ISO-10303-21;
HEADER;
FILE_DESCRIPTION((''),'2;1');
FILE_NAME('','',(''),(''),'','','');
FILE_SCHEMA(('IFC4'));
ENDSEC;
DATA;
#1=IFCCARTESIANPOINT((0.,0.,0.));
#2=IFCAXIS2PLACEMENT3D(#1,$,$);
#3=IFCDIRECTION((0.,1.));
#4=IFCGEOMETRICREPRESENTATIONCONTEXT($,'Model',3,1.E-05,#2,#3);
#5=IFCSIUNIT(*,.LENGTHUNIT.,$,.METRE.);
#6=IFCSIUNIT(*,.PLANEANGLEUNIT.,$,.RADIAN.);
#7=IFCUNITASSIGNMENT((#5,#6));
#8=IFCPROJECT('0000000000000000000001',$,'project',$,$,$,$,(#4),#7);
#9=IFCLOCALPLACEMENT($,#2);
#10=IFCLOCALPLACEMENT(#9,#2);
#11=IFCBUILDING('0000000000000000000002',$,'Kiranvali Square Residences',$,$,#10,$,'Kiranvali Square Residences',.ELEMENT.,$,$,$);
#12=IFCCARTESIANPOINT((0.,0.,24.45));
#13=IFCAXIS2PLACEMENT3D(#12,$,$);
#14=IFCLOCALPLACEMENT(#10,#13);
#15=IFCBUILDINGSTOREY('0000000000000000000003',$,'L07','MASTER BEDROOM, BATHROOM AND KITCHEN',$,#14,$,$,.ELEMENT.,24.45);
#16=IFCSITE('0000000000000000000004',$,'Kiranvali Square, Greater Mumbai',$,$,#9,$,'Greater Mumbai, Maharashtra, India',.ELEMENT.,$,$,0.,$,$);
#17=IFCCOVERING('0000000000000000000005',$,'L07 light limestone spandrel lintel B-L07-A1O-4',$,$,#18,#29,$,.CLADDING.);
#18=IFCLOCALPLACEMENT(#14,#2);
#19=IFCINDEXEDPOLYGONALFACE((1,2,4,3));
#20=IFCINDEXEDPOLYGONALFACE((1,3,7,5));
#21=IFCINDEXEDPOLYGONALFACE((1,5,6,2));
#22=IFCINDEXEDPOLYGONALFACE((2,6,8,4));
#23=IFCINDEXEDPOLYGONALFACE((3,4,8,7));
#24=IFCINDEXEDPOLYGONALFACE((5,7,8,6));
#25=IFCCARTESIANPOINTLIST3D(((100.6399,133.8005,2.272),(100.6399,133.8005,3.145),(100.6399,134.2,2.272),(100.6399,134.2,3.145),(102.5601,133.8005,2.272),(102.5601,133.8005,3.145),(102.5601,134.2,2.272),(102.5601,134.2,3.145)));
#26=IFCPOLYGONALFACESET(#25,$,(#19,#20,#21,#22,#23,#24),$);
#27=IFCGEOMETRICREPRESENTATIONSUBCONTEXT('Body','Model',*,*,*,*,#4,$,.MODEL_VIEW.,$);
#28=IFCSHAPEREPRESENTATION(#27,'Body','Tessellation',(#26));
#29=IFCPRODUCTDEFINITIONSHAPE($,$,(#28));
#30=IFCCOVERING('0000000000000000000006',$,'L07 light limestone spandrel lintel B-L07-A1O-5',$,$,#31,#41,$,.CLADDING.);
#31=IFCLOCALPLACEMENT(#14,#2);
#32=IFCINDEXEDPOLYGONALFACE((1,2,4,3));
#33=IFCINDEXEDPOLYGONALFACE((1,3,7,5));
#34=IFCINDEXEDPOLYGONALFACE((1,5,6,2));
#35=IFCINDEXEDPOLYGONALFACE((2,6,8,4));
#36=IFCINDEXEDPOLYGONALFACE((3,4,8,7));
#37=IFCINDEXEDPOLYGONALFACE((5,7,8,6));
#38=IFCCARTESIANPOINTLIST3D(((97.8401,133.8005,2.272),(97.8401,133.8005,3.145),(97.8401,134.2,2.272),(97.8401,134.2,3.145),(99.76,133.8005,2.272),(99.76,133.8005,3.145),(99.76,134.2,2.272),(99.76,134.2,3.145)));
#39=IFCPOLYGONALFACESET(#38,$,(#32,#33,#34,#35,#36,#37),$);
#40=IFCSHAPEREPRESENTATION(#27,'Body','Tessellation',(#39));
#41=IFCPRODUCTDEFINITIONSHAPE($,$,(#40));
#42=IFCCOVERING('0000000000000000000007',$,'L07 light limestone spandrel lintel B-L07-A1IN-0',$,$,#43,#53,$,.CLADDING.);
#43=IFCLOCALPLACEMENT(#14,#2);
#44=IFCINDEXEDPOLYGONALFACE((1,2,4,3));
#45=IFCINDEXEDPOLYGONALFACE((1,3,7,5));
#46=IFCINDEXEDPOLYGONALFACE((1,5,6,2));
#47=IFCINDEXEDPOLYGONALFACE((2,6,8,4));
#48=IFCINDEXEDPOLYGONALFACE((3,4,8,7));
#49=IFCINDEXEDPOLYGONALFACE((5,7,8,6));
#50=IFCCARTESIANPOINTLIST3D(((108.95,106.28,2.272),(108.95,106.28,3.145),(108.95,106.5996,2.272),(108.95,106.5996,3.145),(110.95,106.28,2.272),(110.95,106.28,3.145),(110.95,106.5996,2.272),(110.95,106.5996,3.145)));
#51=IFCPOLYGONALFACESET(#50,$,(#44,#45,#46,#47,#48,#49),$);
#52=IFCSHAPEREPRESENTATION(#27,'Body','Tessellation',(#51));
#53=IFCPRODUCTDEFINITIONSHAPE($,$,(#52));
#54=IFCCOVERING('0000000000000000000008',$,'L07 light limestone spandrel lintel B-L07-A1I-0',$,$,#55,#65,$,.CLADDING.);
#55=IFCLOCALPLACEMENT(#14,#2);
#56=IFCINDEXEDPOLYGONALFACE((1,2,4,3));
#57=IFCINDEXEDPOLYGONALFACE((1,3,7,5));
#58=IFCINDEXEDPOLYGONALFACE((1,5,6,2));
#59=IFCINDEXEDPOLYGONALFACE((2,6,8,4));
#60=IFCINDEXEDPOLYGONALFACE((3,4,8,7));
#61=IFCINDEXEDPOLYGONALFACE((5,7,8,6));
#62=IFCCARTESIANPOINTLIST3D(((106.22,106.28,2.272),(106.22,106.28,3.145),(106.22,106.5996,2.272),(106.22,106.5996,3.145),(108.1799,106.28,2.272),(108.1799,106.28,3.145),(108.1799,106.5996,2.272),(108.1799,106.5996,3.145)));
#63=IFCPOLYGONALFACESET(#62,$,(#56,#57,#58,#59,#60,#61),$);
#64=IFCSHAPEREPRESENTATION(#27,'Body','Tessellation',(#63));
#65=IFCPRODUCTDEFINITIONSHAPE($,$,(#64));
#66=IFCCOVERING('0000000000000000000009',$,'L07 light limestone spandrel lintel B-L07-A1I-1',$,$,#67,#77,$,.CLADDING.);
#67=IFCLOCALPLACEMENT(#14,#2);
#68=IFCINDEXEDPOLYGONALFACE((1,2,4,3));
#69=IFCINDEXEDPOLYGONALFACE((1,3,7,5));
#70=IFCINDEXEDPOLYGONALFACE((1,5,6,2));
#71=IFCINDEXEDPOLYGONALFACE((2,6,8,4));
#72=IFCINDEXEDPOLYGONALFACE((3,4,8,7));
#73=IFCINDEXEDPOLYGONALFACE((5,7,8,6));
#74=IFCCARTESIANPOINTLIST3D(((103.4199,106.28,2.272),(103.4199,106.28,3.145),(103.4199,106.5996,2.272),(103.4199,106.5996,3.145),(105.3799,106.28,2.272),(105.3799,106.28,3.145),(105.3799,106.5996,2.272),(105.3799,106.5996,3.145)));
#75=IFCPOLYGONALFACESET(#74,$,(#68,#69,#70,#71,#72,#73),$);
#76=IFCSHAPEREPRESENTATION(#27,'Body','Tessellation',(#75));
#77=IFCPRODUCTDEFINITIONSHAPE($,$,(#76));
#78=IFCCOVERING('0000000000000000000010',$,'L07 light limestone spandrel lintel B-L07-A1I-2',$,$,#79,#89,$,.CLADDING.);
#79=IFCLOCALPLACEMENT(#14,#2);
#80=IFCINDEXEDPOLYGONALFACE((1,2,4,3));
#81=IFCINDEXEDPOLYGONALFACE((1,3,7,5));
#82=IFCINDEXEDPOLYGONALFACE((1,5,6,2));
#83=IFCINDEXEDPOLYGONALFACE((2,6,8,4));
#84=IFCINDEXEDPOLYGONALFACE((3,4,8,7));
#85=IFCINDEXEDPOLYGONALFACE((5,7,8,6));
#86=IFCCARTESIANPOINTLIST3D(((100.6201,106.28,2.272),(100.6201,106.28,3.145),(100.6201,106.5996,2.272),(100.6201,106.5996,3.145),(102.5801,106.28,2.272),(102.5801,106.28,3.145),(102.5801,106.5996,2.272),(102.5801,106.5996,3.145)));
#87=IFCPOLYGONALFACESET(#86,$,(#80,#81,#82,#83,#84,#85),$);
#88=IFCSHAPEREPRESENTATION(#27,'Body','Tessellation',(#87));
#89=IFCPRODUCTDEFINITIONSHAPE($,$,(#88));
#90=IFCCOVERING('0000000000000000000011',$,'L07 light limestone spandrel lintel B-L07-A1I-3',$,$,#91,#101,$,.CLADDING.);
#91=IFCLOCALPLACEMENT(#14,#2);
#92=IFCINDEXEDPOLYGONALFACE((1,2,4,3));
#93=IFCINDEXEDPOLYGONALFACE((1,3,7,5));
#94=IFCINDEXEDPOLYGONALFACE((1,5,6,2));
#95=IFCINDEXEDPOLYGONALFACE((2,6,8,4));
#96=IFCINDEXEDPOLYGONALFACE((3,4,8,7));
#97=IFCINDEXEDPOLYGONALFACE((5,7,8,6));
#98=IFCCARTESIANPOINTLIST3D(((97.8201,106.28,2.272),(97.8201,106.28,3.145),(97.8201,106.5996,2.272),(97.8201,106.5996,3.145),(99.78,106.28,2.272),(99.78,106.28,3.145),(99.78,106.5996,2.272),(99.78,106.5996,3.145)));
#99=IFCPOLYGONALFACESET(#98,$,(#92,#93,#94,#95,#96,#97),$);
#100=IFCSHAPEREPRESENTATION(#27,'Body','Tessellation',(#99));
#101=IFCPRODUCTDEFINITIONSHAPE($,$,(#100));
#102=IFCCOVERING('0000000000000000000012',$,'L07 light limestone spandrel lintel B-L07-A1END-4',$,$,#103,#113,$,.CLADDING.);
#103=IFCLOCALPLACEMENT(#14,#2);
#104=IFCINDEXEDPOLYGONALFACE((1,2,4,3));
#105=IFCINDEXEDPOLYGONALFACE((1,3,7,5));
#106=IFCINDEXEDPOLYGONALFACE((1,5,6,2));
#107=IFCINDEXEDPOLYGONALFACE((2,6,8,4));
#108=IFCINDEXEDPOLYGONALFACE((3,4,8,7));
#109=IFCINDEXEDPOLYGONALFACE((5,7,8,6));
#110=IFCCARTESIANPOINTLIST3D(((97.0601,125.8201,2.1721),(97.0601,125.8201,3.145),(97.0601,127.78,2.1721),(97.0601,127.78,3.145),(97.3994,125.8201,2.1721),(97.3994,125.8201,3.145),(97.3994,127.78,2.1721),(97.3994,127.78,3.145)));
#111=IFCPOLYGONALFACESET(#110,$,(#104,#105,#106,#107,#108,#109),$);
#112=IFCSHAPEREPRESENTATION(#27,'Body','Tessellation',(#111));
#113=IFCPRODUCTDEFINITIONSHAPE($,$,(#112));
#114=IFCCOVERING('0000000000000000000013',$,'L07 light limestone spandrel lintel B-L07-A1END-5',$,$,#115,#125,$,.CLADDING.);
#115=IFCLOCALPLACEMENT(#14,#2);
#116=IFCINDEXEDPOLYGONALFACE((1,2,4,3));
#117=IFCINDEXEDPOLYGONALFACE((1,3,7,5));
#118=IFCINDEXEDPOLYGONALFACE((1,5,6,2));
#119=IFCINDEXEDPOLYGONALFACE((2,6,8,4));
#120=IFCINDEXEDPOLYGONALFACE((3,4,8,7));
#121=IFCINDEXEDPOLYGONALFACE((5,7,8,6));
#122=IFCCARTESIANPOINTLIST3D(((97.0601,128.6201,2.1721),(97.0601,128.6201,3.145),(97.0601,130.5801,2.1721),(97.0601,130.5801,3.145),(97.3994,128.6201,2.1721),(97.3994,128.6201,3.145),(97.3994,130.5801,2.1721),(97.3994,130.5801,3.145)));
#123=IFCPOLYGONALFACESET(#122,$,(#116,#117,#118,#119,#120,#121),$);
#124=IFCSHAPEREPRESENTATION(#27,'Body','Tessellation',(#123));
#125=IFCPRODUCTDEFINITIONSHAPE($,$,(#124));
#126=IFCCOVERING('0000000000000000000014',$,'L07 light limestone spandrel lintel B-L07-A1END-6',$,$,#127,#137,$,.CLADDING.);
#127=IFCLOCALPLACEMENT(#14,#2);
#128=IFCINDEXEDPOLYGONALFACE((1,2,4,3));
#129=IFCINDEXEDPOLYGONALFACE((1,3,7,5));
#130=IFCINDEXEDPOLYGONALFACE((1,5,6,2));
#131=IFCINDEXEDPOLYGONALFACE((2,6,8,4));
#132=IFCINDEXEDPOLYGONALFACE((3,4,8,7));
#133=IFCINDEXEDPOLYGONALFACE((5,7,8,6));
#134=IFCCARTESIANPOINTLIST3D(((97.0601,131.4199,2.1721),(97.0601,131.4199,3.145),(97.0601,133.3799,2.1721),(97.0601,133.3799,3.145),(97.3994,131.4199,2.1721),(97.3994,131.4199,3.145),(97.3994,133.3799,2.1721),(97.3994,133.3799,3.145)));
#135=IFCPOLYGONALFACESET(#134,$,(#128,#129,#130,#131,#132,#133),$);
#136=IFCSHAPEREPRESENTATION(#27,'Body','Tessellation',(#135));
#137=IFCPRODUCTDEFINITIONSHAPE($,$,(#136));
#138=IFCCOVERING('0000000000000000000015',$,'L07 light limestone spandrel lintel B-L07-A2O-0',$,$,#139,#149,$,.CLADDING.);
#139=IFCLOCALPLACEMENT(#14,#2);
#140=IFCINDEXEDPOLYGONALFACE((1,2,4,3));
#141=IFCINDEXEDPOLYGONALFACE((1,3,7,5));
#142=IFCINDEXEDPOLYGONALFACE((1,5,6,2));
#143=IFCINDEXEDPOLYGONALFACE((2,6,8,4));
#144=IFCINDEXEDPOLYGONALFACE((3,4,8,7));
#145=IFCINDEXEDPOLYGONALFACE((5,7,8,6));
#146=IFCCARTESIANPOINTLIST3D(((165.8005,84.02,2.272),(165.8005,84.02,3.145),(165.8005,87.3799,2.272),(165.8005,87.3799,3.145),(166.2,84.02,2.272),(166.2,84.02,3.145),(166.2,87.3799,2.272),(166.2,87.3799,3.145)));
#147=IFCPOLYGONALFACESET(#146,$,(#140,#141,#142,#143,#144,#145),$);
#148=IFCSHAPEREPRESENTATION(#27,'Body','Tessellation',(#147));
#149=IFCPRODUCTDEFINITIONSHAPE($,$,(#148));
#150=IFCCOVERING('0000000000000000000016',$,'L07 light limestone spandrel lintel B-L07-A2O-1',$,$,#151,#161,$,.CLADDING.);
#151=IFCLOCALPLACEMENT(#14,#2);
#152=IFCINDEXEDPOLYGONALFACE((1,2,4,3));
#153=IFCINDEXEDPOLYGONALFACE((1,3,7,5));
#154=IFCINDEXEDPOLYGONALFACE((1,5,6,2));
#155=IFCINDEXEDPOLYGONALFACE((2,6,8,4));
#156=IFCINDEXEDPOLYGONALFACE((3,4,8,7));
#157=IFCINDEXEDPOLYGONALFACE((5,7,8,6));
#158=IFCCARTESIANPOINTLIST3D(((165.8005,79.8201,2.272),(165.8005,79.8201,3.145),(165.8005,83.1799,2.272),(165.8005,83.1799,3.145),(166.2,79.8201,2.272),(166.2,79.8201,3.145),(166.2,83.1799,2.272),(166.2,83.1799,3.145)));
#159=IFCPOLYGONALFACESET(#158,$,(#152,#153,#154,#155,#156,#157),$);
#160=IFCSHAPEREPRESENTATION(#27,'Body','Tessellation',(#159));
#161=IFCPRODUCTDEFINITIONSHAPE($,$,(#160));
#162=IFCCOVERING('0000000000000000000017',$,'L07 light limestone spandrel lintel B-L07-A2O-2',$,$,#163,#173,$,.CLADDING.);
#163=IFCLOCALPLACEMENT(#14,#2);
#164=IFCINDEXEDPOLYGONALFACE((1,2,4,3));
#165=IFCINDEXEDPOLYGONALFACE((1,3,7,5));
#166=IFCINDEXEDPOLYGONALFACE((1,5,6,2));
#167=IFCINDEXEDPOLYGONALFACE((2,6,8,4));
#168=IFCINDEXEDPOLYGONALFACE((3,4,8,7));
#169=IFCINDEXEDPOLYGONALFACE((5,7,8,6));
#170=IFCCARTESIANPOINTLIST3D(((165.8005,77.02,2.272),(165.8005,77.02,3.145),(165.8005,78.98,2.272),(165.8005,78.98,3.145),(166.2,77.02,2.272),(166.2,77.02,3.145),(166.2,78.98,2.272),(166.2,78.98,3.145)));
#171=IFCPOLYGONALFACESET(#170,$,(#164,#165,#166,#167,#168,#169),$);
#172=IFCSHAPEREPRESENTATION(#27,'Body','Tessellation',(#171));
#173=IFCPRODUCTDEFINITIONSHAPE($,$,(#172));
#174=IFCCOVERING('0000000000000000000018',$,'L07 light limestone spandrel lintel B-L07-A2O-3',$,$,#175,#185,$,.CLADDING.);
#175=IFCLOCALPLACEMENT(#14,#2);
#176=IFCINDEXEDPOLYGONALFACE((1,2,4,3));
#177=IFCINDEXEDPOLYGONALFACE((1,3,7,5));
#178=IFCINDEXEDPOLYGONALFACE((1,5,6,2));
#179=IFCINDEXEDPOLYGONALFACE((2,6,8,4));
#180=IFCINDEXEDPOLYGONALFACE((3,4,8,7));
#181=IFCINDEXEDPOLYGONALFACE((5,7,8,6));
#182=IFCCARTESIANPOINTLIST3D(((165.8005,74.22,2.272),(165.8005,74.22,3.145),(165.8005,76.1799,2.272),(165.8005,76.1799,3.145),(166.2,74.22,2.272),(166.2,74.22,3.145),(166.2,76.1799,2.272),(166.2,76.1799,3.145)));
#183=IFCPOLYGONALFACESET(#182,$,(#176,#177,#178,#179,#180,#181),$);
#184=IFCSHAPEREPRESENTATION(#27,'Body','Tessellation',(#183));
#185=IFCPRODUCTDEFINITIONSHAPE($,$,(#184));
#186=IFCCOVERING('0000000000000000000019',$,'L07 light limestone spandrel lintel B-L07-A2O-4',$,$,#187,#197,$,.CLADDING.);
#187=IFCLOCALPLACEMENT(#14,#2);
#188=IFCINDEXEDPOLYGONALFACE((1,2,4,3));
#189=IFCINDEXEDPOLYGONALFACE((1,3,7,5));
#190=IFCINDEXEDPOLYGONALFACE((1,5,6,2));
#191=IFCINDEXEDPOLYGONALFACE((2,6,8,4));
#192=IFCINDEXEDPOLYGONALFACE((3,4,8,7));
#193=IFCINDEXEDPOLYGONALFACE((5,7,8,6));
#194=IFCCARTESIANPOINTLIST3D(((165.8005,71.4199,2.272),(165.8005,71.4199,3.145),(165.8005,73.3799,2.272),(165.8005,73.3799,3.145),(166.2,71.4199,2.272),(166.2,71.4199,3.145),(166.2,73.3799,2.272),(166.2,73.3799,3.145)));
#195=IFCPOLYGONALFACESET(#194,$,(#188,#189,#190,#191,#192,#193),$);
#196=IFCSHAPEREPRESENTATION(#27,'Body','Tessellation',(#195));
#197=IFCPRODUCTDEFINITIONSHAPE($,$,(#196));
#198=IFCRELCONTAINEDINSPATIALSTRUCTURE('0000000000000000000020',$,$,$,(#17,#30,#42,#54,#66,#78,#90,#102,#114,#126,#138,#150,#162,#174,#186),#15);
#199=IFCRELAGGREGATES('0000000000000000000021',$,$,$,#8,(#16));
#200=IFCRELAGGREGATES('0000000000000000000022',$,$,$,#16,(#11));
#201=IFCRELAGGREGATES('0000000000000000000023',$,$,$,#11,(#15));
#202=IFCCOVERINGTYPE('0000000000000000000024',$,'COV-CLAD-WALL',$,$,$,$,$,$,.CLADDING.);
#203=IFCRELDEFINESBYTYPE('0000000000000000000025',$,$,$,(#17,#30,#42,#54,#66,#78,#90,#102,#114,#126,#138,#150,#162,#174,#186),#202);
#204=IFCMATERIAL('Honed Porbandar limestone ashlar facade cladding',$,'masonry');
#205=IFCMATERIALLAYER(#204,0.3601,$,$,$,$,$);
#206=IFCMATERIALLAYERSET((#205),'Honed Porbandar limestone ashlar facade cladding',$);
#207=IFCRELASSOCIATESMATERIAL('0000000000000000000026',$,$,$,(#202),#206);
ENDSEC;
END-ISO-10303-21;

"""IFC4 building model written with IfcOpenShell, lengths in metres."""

from ifc_helpers import new_model, si_unit, direction, frame, origin, place, context, subcontext, project, spatial, polyline, outline, extrude, material, layer, layer_set, type_object, element, save


model = new_model("IFC4")

# Units and contexts
model_context = context("Model", 3, precision=1e-05, world=origin(), true_north=direction((0.0, 1.0)))
body_context = subcontext(model_context, "Body", "Model", "MODEL_VIEW")
ifc_project = project(units=[si_unit("LENGTHUNIT", "METRE"), si_unit("PLANEANGLEUNIT", "RADIAN")], contexts=[model_context])

# Site, building, storey
site_placement = place(None, origin())
site = spatial("IfcSite", under=ifc_project, at=site_placement, Name="Kiranvali Square, Greater Mumbai", LongName="Greater Mumbai, Maharashtra, India", CompositionType="ELEMENT", RefElevation=0.0)
building_placement = place(site_placement, origin())
building = spatial("IfcBuilding", under=site, at=building_placement, Name="Kiranvali Square Residences", LongName="Kiranvali Square Residences", CompositionType="ELEMENT")
storey_placement = place(building_placement, frame((0.0, 0.0, 24.45)))
storey = spatial("IfcBuildingStorey", under=building, at=storey_placement, Name="L07", Description="MASTER BEDROOM, BATHROOM AND KITCHEN", CompositionType="ELEMENT", Elevation=24.45)

# Coverings
ifc_material = material(Name="Honed Porbandar limestone ashlar facade cladding", Category="masonry")
ifc_layer = layer(ifc_material, 0.3601)
ifc_layer_set = layer_set([ifc_layer], Name="Honed Porbandar limestone ashlar facade cladding")
covering_type = type_object("IfcCoveringType", Name="COV-CLAD-WALL", PredefinedType="CLADDING", material=ifc_layer_set)
covering_1_placement = place(storey_placement, frame((0.0, 0.0, 2.272)))
element("IfcCovering", 1, at=covering_1_placement, inside=storey, type_object=covering_type, Name="L07 light limestone spandrel lintel B-L07-A1O-4", PredefinedType="CLADDING", context=body_context, shape_type="SweptSolid", body=[
    extrude(outline(polyline([(102.5601, 134.2), (100.6399, 134.2), (100.6399, 133.8005), (102.5601, 133.8005), (102.5601, 134.2)])), origin(), (0.0, 0.0, 1.0), 0.873),
])
covering_2_placement = place(storey_placement, frame((0.0, 0.0, 2.272)))
element("IfcCovering", 2, at=covering_2_placement, inside=storey, type_object=covering_type, Name="L07 light limestone spandrel lintel B-L07-A1O-5", PredefinedType="CLADDING", context=body_context, shape_type="SweptSolid", body=[
    extrude(outline(polyline([(99.76, 134.2), (97.8401, 134.2), (97.8401, 133.8005), (99.76, 133.8005), (99.76, 134.2)])), origin(), (0.0, 0.0, 1.0), 0.873),
])
covering_3_placement = place(storey_placement, frame((0.0, 0.0, 2.272)))
element("IfcCovering", 3, at=covering_3_placement, inside=storey, type_object=covering_type, Name="L07 light limestone spandrel lintel B-L07-A1IN-0", PredefinedType="CLADDING", context=body_context, shape_type="SweptSolid", body=[
    extrude(outline(polyline([(110.95, 106.5996), (108.95, 106.5996), (108.95, 106.28), (110.95, 106.28), (110.95, 106.5996)])), origin(), (0.0, 0.0, 1.0), 0.873),
])
covering_4_placement = place(storey_placement, frame((0.0, 0.0, 2.272)))
element("IfcCovering", 4, at=covering_4_placement, inside=storey, type_object=covering_type, Name="L07 light limestone spandrel lintel B-L07-A1I-0", PredefinedType="CLADDING", context=body_context, shape_type="SweptSolid", body=[
    extrude(outline(polyline([(108.1799, 106.5996), (106.22, 106.5996), (106.22, 106.28), (108.1799, 106.28), (108.1799, 106.5996)])), origin(), (0.0, 0.0, 1.0), 0.873),
])
covering_5_placement = place(storey_placement, frame((0.0, 0.0, 2.272)))
element("IfcCovering", 5, at=covering_5_placement, inside=storey, type_object=covering_type, Name="L07 light limestone spandrel lintel B-L07-A1I-1", PredefinedType="CLADDING", context=body_context, shape_type="SweptSolid", body=[
    extrude(outline(polyline([(105.3799, 106.5996), (103.4199, 106.5996), (103.4199, 106.28), (105.3799, 106.28), (105.3799, 106.5996)])), origin(), (0.0, 0.0, 1.0), 0.873),
])
covering_6_placement = place(storey_placement, frame((0.0, 0.0, 2.272)))
element("IfcCovering", 6, at=covering_6_placement, inside=storey, type_object=covering_type, Name="L07 light limestone spandrel lintel B-L07-A1I-2", PredefinedType="CLADDING", context=body_context, shape_type="SweptSolid", body=[
    extrude(outline(polyline([(102.5801, 106.5996), (100.6201, 106.5996), (100.6201, 106.28), (102.5801, 106.28), (102.5801, 106.5996)])), origin(), (0.0, 0.0, 1.0), 0.873),
])
covering_7_placement = place(storey_placement, frame((0.0, 0.0, 2.272)))
element("IfcCovering", 7, at=covering_7_placement, inside=storey, type_object=covering_type, Name="L07 light limestone spandrel lintel B-L07-A1I-3", PredefinedType="CLADDING", context=body_context, shape_type="SweptSolid", body=[
    extrude(outline(polyline([(99.78, 106.5996), (97.8201, 106.5996), (97.8201, 106.28), (99.78, 106.28), (99.78, 106.5996)])), origin(), (0.0, 0.0, 1.0), 0.873),
])
covering_8_placement = place(storey_placement, frame((0.0, 0.0, 2.1721)))
element("IfcCovering", 8, at=covering_8_placement, inside=storey, type_object=covering_type, Name="L07 light limestone spandrel lintel B-L07-A1END-4", PredefinedType="CLADDING", context=body_context, shape_type="SweptSolid", body=[
    extrude(outline(polyline([(97.3994, 125.8201), (97.3994, 127.78), (97.0601, 127.78), (97.0601, 125.8201), (97.3994, 125.8201)])), origin(), (0.0, 0.0, 1.0), 0.9729),
])
covering_9_placement = place(storey_placement, frame((0.0, 0.0, 2.1721)))
element("IfcCovering", 9, at=covering_9_placement, inside=storey, type_object=covering_type, Name="L07 light limestone spandrel lintel B-L07-A1END-5", PredefinedType="CLADDING", context=body_context, shape_type="SweptSolid", body=[
    extrude(outline(polyline([(97.3994, 128.6201), (97.3994, 130.5801), (97.0601, 130.5801), (97.0601, 128.6201), (97.3994, 128.6201)])), origin(), (0.0, 0.0, 1.0), 0.9729),
])
covering_10_placement = place(storey_placement, frame((0.0, 0.0, 2.1721)))
element("IfcCovering", 10, at=covering_10_placement, inside=storey, type_object=covering_type, Name="L07 light limestone spandrel lintel B-L07-A1END-6", PredefinedType="CLADDING", context=body_context, shape_type="SweptSolid", body=[
    extrude(outline(polyline([(97.3994, 131.4199), (97.3994, 133.3799), (97.0601, 133.3799), (97.0601, 131.4199), (97.3994, 131.4199)])), origin(), (0.0, 0.0, 1.0), 0.9729),
])
covering_11_placement = place(storey_placement, frame((0.0, 0.0, 2.272)))
element("IfcCovering", 11, at=covering_11_placement, inside=storey, type_object=covering_type, Name="L07 light limestone spandrel lintel B-L07-A2O-0", PredefinedType="CLADDING", context=body_context, shape_type="SweptSolid", body=[
    extrude(outline(polyline([(165.8005, 87.3799), (165.8005, 84.02), (166.2, 84.02), (166.2, 87.3799), (165.8005, 87.3799)])), origin(), (0.0, 0.0, 1.0), 0.873),
])
covering_12_placement = place(storey_placement, frame((0.0, 0.0, 2.272)))
element("IfcCovering", 12, at=covering_12_placement, inside=storey, type_object=covering_type, Name="L07 light limestone spandrel lintel B-L07-A2O-1", PredefinedType="CLADDING", context=body_context, shape_type="SweptSolid", body=[
    extrude(outline(polyline([(165.8005, 83.1799), (165.8005, 79.8201), (166.2, 79.8201), (166.2, 83.1799), (165.8005, 83.1799)])), origin(), (0.0, 0.0, 1.0), 0.873),
])
covering_13_placement = place(storey_placement, frame((0.0, 0.0, 2.272)))
element("IfcCovering", 13, at=covering_13_placement, inside=storey, type_object=covering_type, Name="L07 light limestone spandrel lintel B-L07-A2O-2", PredefinedType="CLADDING", context=body_context, shape_type="SweptSolid", body=[
    extrude(outline(polyline([(165.8005, 78.98), (165.8005, 77.02), (166.2, 77.02), (166.2, 78.98), (165.8005, 78.98)])), origin(), (0.0, 0.0, 1.0), 0.873),
])
covering_14_placement = place(storey_placement, frame((0.0, 0.0, 2.272)))
element("IfcCovering", 14, at=covering_14_placement, inside=storey, type_object=covering_type, Name="L07 light limestone spandrel lintel B-L07-A2O-3", PredefinedType="CLADDING", context=body_context, shape_type="SweptSolid", body=[
    extrude(outline(polyline([(165.8005, 76.1799), (165.8005, 74.22), (166.2, 74.22), (166.2, 76.1799), (165.8005, 76.1799)])), origin(), (0.0, 0.0, 1.0), 0.873),
])
covering_15_placement = place(storey_placement, frame((0.0, 0.0, 2.272)))
element("IfcCovering", 15, at=covering_15_placement, inside=storey, type_object=covering_type, Name="L07 light limestone spandrel lintel B-L07-A2O-4", PredefinedType="CLADDING", context=body_context, shape_type="SweptSolid", body=[
    extrude(outline(polyline([(165.8005, 73.3799), (165.8005, 71.4199), (166.2, 71.4199), (166.2, 73.3799), (165.8005, 73.3799)])), origin(), (0.0, 0.0, 1.0), 0.873),
])

save(model, "model.ifc")
